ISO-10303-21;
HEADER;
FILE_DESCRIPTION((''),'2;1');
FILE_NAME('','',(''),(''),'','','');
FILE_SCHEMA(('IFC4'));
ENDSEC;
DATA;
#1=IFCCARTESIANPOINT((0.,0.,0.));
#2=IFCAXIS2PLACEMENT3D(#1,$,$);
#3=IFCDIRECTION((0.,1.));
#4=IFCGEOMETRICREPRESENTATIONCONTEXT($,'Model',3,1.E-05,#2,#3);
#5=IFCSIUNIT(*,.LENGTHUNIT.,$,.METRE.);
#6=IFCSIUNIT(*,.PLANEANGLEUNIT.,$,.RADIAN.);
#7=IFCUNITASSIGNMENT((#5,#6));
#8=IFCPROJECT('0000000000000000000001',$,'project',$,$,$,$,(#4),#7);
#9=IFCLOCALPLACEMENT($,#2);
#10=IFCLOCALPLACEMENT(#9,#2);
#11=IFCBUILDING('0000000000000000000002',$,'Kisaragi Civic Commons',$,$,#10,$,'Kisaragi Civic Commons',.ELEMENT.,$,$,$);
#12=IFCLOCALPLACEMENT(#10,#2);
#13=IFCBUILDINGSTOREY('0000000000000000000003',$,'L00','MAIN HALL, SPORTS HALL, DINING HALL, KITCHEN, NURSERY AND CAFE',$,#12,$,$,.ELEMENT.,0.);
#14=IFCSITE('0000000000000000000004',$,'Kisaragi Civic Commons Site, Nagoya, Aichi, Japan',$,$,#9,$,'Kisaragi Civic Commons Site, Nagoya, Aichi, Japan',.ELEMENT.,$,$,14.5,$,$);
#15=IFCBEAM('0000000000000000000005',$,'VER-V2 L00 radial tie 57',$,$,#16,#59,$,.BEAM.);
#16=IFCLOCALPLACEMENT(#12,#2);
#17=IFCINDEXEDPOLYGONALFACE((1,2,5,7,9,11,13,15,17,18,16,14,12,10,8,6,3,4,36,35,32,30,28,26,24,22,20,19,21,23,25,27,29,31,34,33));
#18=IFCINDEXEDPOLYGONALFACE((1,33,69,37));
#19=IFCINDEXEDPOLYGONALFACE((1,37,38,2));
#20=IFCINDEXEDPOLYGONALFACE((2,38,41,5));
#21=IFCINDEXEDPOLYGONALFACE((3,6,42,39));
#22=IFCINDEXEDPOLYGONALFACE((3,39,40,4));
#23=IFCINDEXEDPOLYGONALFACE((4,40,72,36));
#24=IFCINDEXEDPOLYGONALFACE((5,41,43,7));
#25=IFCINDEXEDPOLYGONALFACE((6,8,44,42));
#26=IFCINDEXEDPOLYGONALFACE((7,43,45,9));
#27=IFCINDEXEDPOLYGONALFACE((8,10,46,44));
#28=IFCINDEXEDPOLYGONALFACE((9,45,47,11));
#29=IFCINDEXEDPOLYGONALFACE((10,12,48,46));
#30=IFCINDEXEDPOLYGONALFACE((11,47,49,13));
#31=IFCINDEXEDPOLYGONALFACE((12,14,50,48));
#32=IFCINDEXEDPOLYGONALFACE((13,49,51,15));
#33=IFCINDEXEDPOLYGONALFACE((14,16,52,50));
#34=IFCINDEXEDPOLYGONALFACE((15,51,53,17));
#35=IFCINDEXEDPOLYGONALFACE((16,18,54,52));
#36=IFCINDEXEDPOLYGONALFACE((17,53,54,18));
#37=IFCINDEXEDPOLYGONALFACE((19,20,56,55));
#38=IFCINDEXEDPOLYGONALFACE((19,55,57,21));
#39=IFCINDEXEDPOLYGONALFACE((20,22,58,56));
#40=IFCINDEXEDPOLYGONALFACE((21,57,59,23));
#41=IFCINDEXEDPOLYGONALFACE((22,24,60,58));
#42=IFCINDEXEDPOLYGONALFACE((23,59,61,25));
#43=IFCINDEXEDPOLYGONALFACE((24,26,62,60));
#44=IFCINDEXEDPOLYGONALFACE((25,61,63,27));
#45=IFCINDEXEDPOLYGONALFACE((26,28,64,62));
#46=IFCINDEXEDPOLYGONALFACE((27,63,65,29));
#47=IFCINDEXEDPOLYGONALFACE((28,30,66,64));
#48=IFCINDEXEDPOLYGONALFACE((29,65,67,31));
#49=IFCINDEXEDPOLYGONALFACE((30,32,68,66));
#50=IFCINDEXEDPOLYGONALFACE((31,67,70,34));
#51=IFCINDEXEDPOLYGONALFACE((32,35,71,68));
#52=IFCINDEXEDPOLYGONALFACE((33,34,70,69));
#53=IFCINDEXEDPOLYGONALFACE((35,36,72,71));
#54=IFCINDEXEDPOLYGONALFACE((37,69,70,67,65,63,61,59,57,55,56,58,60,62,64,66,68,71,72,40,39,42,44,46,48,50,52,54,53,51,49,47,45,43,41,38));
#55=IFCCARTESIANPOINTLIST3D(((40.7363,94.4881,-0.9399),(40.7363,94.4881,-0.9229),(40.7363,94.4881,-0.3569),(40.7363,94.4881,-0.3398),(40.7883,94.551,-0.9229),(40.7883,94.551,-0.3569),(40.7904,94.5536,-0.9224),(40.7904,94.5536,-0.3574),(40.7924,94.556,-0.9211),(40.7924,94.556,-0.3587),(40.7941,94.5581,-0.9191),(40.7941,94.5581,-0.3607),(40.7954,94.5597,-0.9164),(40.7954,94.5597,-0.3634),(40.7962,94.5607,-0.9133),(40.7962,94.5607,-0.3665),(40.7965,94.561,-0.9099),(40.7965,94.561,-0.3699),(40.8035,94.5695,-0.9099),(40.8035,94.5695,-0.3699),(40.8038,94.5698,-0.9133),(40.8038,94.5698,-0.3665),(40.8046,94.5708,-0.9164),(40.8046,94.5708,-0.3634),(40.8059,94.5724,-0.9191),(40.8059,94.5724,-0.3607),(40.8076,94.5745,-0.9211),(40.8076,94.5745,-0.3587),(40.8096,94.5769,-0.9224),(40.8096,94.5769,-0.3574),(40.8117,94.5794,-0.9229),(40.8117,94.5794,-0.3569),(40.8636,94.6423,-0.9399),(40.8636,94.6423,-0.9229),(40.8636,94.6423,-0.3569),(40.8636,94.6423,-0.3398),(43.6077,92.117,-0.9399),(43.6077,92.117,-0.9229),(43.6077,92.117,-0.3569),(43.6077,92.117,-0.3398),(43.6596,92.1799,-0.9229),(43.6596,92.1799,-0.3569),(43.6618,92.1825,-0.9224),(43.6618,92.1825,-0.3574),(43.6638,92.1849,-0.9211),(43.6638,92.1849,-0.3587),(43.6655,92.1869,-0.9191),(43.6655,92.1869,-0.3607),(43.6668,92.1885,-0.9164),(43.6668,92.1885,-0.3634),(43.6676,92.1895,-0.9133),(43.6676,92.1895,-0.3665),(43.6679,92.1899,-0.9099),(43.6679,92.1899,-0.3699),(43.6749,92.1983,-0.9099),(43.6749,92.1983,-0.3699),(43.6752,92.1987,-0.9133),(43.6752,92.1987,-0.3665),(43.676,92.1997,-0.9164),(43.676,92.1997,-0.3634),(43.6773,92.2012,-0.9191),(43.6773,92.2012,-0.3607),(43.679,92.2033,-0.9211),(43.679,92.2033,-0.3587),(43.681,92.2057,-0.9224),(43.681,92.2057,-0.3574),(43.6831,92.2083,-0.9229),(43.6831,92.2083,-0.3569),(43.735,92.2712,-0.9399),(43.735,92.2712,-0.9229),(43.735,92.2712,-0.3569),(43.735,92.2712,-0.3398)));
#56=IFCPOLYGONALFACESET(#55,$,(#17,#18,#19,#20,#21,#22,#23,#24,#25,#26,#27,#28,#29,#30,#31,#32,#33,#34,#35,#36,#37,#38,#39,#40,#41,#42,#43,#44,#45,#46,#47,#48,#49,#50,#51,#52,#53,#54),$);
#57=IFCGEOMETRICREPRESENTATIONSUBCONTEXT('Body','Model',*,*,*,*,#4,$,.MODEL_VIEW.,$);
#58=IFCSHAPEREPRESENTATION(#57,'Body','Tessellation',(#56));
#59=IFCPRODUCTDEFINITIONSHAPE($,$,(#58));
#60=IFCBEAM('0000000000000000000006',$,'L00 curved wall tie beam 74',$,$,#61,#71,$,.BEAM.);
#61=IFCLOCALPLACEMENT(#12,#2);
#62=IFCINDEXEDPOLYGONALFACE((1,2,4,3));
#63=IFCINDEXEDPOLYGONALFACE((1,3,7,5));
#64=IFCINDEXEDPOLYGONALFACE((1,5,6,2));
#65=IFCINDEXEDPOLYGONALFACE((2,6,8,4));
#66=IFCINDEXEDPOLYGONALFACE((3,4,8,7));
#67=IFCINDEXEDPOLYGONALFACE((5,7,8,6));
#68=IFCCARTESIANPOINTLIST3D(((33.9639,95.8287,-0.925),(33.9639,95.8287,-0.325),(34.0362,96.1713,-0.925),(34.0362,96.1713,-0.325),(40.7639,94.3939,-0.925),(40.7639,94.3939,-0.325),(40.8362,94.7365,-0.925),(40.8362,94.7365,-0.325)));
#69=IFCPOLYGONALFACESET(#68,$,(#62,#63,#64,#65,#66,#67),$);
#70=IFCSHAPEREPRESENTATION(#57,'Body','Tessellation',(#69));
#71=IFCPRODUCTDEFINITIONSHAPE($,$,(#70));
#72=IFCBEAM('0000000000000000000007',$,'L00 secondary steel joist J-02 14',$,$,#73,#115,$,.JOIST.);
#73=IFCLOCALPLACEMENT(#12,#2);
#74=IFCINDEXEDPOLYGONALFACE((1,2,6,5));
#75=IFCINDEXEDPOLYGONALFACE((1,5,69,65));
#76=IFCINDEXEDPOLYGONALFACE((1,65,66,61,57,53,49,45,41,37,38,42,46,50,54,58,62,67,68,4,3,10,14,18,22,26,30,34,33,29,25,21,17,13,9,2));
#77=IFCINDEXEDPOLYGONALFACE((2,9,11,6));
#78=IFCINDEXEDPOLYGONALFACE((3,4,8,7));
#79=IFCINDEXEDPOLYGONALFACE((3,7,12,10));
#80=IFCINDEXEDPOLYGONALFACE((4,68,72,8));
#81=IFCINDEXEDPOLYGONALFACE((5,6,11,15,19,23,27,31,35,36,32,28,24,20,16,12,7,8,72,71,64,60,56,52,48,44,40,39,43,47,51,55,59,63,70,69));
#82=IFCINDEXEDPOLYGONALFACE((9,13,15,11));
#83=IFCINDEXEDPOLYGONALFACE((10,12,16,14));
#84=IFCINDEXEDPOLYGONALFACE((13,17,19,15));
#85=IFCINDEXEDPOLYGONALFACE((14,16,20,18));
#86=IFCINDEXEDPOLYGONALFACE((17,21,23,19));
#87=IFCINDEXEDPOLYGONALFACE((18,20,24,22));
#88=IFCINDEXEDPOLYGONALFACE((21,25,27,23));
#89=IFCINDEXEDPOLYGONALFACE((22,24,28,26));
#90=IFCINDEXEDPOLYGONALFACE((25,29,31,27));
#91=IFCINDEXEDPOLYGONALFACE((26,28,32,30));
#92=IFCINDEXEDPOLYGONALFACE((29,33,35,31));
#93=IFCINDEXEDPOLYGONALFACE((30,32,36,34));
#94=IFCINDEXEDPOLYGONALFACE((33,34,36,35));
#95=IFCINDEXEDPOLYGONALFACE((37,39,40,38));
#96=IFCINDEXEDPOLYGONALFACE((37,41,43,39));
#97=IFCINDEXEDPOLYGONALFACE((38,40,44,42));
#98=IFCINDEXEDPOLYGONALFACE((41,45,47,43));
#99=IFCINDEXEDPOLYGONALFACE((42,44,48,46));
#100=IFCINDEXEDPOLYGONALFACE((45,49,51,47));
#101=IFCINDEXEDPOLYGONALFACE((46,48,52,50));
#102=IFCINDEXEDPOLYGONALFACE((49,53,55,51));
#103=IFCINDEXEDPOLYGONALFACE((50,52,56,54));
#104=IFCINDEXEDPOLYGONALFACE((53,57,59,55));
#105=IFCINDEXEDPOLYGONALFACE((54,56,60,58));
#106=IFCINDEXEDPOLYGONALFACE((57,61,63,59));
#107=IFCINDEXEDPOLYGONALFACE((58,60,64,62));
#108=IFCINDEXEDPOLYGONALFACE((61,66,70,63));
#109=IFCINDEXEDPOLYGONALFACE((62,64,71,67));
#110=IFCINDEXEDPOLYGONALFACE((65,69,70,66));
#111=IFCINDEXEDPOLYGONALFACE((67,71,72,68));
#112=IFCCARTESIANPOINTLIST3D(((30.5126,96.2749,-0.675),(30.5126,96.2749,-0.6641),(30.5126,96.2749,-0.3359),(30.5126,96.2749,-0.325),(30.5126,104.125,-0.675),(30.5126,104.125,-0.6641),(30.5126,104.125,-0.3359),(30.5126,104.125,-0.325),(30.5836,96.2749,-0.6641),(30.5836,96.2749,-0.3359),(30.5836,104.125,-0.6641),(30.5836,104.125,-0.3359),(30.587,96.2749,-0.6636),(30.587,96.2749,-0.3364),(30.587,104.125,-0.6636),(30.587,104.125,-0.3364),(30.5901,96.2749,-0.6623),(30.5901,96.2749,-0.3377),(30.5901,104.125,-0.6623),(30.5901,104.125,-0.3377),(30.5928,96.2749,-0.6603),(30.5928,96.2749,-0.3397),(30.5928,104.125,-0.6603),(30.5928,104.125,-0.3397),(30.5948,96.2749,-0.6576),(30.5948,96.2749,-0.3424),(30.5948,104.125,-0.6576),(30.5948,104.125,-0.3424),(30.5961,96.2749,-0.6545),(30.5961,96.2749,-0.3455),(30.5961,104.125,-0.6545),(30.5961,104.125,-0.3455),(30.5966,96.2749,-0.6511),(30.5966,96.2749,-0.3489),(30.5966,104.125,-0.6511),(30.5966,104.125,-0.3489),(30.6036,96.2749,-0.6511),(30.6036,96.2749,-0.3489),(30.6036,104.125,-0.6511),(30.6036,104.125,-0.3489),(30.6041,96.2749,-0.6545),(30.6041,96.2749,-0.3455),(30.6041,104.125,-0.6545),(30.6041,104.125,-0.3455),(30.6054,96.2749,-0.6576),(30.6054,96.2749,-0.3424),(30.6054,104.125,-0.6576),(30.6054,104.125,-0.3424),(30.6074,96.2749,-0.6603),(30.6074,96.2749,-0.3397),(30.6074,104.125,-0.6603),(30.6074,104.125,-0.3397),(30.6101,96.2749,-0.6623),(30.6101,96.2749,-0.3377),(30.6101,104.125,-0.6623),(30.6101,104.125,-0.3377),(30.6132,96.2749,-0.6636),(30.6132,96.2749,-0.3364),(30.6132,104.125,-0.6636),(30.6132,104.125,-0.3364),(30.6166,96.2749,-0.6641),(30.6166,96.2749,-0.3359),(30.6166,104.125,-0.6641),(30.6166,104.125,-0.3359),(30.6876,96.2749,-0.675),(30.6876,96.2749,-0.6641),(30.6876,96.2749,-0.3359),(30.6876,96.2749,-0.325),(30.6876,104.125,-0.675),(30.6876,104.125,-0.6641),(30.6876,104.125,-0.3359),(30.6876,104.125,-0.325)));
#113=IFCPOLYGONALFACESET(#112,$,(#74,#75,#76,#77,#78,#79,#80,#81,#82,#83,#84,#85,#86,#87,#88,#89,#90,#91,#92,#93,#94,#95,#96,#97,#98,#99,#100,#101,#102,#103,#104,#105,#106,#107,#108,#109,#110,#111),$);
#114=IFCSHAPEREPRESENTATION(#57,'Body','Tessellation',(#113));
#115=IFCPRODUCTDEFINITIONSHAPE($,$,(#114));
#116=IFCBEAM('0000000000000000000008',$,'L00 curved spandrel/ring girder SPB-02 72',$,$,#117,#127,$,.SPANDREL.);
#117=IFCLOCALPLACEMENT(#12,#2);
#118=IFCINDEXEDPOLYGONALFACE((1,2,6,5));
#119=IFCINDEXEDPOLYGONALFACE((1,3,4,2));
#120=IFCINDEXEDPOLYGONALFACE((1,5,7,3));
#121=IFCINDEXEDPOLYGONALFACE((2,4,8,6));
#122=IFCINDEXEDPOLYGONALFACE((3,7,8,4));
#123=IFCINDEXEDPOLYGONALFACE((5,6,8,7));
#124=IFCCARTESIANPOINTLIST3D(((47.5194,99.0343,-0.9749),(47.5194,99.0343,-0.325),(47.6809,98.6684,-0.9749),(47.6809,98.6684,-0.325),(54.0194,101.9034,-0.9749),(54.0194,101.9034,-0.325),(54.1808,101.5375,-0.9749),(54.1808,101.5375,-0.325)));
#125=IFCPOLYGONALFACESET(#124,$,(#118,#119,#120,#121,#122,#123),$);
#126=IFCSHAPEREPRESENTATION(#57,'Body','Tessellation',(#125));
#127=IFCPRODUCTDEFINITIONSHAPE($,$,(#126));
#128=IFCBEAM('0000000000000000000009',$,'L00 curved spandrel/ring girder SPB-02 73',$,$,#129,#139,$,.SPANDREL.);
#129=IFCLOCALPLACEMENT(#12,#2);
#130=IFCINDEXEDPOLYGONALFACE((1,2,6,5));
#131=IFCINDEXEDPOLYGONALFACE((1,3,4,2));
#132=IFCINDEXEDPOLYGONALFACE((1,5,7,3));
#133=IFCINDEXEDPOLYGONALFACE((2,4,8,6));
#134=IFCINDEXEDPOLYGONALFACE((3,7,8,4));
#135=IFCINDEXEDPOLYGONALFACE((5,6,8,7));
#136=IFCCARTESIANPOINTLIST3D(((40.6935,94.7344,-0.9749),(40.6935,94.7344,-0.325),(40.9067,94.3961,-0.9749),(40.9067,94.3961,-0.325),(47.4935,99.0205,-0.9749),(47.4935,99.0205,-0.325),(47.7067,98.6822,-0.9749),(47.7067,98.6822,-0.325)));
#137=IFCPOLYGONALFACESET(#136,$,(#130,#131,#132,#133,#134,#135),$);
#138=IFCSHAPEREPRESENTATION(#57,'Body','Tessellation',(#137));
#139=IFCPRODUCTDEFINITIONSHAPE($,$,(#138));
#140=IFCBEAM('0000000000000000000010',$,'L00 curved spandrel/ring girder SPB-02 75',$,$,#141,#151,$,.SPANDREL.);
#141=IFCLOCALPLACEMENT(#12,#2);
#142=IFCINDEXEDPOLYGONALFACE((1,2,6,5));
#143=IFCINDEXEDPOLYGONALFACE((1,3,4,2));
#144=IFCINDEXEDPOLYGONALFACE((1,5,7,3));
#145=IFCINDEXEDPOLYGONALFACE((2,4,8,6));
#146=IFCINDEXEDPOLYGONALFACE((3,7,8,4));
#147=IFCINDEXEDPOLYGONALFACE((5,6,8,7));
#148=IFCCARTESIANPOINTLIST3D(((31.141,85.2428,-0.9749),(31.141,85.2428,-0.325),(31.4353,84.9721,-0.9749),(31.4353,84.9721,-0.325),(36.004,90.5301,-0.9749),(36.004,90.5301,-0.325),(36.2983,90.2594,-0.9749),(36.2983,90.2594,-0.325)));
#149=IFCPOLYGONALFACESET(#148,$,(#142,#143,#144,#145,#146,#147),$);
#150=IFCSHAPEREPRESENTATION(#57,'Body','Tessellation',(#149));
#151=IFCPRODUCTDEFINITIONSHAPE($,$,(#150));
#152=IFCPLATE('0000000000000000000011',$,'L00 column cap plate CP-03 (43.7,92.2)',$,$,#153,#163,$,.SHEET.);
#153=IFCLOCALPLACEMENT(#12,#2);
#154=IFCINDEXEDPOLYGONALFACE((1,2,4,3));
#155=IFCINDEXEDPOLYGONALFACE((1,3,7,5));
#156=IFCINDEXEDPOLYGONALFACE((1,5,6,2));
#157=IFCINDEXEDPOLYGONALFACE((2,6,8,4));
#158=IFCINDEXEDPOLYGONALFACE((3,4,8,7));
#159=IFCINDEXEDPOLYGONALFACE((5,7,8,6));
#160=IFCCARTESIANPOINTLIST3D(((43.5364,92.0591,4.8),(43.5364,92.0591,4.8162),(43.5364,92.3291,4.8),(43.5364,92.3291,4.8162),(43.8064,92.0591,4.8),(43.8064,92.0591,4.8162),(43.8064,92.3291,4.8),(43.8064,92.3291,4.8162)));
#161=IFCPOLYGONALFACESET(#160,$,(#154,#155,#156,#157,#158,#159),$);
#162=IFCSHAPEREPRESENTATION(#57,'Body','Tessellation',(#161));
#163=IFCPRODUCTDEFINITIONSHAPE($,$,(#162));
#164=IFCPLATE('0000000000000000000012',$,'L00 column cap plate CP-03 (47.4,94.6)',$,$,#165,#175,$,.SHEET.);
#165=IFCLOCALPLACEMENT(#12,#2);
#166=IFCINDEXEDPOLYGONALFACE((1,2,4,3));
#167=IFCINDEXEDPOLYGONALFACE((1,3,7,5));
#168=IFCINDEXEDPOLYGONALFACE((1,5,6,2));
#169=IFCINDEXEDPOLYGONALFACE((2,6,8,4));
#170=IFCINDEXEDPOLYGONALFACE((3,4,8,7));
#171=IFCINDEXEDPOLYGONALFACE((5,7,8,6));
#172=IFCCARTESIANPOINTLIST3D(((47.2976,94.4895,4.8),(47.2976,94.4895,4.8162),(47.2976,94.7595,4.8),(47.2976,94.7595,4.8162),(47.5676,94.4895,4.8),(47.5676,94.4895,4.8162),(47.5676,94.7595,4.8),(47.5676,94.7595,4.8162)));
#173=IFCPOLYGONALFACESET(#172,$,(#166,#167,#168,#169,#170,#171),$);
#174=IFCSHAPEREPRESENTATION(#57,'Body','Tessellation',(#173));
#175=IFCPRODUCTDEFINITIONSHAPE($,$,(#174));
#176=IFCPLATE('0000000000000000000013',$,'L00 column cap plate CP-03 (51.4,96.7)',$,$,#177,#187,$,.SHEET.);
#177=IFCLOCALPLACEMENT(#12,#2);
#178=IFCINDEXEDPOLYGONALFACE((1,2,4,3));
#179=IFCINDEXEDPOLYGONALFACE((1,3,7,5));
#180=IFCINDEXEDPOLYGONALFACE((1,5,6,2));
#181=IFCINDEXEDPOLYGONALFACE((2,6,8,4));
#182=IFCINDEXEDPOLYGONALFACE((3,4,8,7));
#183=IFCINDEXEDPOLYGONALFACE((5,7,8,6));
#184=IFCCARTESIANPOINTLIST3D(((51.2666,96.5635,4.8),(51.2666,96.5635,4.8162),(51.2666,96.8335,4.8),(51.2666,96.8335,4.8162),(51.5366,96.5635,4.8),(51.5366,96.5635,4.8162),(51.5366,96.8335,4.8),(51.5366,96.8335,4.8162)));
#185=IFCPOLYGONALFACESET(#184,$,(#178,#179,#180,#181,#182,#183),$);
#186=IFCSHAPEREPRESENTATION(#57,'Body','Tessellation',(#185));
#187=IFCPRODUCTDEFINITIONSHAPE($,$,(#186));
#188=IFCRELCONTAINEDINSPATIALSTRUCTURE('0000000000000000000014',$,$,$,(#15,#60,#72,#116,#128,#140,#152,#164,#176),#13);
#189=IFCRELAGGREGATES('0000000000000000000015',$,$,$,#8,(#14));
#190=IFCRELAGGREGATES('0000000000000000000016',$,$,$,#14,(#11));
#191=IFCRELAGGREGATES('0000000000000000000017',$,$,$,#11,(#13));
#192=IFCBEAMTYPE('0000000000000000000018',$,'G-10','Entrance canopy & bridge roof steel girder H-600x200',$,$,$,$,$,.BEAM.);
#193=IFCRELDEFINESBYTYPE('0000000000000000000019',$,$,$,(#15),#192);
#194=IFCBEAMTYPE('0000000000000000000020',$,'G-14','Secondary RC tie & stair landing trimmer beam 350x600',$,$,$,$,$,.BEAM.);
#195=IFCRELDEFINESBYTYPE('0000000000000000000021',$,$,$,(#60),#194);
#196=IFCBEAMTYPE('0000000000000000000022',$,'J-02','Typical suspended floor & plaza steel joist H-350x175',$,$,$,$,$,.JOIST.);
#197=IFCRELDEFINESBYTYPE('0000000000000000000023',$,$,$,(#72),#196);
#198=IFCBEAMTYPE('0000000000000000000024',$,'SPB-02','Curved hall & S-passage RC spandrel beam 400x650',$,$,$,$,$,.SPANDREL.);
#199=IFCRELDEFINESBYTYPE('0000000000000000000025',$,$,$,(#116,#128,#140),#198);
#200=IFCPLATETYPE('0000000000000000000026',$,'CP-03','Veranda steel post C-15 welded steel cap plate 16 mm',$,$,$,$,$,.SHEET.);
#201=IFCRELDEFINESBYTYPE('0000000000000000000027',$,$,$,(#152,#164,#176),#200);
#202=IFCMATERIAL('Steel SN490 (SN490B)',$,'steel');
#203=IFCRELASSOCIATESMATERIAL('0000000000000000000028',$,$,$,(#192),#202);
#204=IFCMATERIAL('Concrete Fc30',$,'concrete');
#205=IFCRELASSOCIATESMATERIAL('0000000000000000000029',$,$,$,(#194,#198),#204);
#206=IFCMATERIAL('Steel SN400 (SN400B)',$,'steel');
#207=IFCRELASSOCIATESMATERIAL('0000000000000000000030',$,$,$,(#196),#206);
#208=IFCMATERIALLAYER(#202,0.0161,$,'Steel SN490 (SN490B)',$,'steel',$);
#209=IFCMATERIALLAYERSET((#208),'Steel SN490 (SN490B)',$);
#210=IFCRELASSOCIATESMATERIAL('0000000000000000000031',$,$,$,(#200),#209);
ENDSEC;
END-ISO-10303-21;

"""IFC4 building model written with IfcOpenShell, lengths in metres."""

from ifc_helpers import new_model, si_unit, direction, frame, origin, origin_2d, place, context, subcontext, project, spatial, rectangle, i_section, extrude, material, layer, layer_set, material_profile, profile_set, type_object, element, save


model = new_model("IFC4")

# Units and contexts
model_context = context("Model", 3, precision=1e-05, world=origin(), true_north=direction((0.0, 1.0)))
body_context = subcontext(model_context, "Body", "Model", "MODEL_VIEW")
ifc_project = project(units=[si_unit("LENGTHUNIT", "METRE"), si_unit("PLANEANGLEUNIT", "RADIAN")], contexts=[model_context])

# Site, building, storey
site_placement = place(None, origin())
site = spatial("IfcSite", under=ifc_project, at=site_placement, Name="Kisaragi Civic Commons Site, Nagoya, Aichi, Japan", LongName="Kisaragi Civic Commons Site, Nagoya, Aichi, Japan", CompositionType="ELEMENT", RefElevation=14.5)
building_placement = place(site_placement, origin())
building = spatial("IfcBuilding", under=site, at=building_placement, Name="Kisaragi Civic Commons", LongName="Kisaragi Civic Commons", CompositionType="ELEMENT")
storey_placement = place(building_placement, origin())
storey = spatial("IfcBuildingStorey", under=building, at=storey_placement, Name="L00", Description="MAIN HALL, SPORTS HALL, DINING HALL, KITCHEN, NURSERY AND CAFE", CompositionType="ELEMENT", Elevation=0.0)

# Shared definitions
ifc_material_1 = material(Name="Concrete Fc30", Category="concrete")
ifc_material_2 = material(Name="Steel SN490 (SN490B)", Category="steel")

# Beams
ifc_material_profile_1 = material_profile(ifc_material_2, i_section(OverallWidth=0.2, OverallDepth=0.6001, WebThickness=0.011, FlangeThickness=0.0171, FilletRadius=0.0129, at=origin_2d()), Name="H-600x200x11x17", Category="steel")
ifc_profile_set_1 = profile_set([ifc_material_profile_1], Name="Steel SN490 (SN490B)")
beam_type_1 = type_object("IfcBeamType", Name="G-10", Description="Entrance canopy & bridge roof steel girder H-600x200", PredefinedType="BEAM", material=ifc_profile_set_1)
beam_1_placement = place(storey_placement, frame((43.6714, 92.1941, -0.6399), z_axis=(-0.771078, 0.636741, 0.0), x_axis=(-0.636741, -0.771078, 0.0)))
element("IfcBeam", 1, at=beam_1_placement, inside=storey, type_object=beam_type_1, Name="VER-V2 L00 radial tie 57", PredefinedType="BEAM", context=body_context, shape_type="SweptSolid", body=[
    extrude(i_section(OverallWidth=0.2, OverallDepth=0.6001, WebThickness=0.011, FlangeThickness=0.0171, FilletRadius=0.0129, at=origin_2d()), origin(), (0.0, 0.0, 1.0), 3.7239),
])
ifc_material_profile_2 = material_profile(ifc_material_1, rectangle(XDim=0.3501, YDim=0.6001, at=origin_2d()), Name="RC-350x600", Category="concrete")
ifc_profile_set_2 = profile_set([ifc_material_profile_2], Name="Concrete Fc30")
beam_type_2 = type_object("IfcBeamType", Name="G-14", Description="Secondary RC tie & stair landing trimmer beam 350x600", PredefinedType="BEAM", material=ifc_profile_set_2)
beam_2_placement = place(storey_placement, frame((40.8, 94.5652, -0.625), z_axis=(-0.978456, 0.206455, 0.0), x_axis=(-0.206455, -0.978456, 0.0)))
element("IfcBeam", 2, at=beam_2_placement, inside=storey, type_object=beam_type_2, Name="L00 curved wall tie beam 74", PredefinedType="BEAM", context=body_context, shape_type="SweptSolid", body=[
    extrude(rectangle(XDim=0.3501, YDim=0.6001, at=origin_2d()), origin(), (0.0, 0.0, 1.0), 6.9497),
])
ifc_material_3 = material(Name="Steel SN400 (SN400B)", Category="steel")
ifc_material_profile_3 = material_profile(ifc_material_3, i_section(OverallWidth=0.175, OverallDepth=0.3501, WebThickness=0.0071, FlangeThickness=0.011, FilletRadius=0.0129, at=origin_2d()), Name="H-350x175x7x11", Category="steel")
ifc_profile_set_3 = profile_set([ifc_material_profile_3], Name="Steel SN400 (SN400B)")
beam_type_3 = type_object("IfcBeamType", Name="J-02", Description="Typical suspended floor & plaza steel joist H-350x175", PredefinedType="JOIST", material=ifc_profile_set_3)
beam_3_placement = place(storey_placement, frame((30.6001, 96.2749, -0.5), z_axis=(0.0, 1.0, 0.0), x_axis=(-1.0, 0.0, 0.0)))
element("IfcBeam", 3, at=beam_3_placement, inside=storey, type_object=beam_type_3, Name="L00 secondary steel joist J-02 14", PredefinedType="JOIST", context=body_context, shape_type="SweptSolid", body=[
    extrude(i_section(OverallWidth=0.175, OverallDepth=0.3501, WebThickness=0.0071, FlangeThickness=0.011, FilletRadius=0.0129, at=origin_2d()), origin(), (0.0, 0.0, 1.0), 7.8501),
])
ifc_material_profile_4 = material_profile(ifc_material_1, rectangle(XDim=0.3999, YDim=0.6499, at=origin_2d()), Name="RC-400x650", Category="concrete")
ifc_profile_set_4 = profile_set([ifc_material_profile_4], Name="Concrete Fc30")
beam_type_4 = type_object("IfcBeamType", Name="SPB-02", Description="Curved hall & S-passage RC spandrel beam 400x650", PredefinedType="SPANDREL", material=ifc_profile_set_4)
beam_4_placement = place(storey_placement, frame((54.1001, 101.7205, -0.6499), z_axis=(-0.91484, -0.403816, 0.0), x_axis=(0.403816, -0.91484, 0.0)))
element("IfcBeam", 4, at=beam_4_placement, inside=storey, type_object=beam_type_4, Name="L00 curved spandrel/ring girder SPB-02 72", PredefinedType="SPANDREL", context=body_context, shape_type="SweptSolid", body=[
    extrude(rectangle(XDim=0.3999, YDim=0.6499, at=origin_2d()), origin(), (0.0, 0.0, 1.0), 7.105),
])
beam_5_placement = place(storey_placement, frame((47.6001, 98.8513, -0.6499), z_axis=(-0.845974, -0.533225, 0.0), x_axis=(0.533225, -0.845974, 0.0)))
element("IfcBeam", 5, at=beam_5_placement, inside=storey, type_object=beam_type_4, Name="L00 curved spandrel/ring girder SPB-02 73", PredefinedType="SPANDREL", context=body_context, shape_type="SweptSolid", body=[
    extrude(rectangle(XDim=0.3999, YDim=0.6499, at=origin_2d()), origin(), (0.0, 0.0, 1.0), 8.0381),
])
beam_6_placement = place(storey_placement, frame((36.1511, 90.3948, -0.6499), z_axis=(-0.676956, -0.736023, 0.0), x_axis=(0.736023, -0.676956, 0.0)))
element("IfcBeam", 6, at=beam_6_placement, inside=storey, type_object=beam_type_4, Name="L00 curved spandrel/ring girder SPB-02 75", PredefinedType="SPANDREL", context=body_context, shape_type="SweptSolid", body=[
    extrude(rectangle(XDim=0.3999, YDim=0.6499, at=origin_2d()), origin(), (0.0, 0.0, 1.0), 7.1836),
])

# Plates
ifc_layer_1 = layer(ifc_material_2, 0.0161, Name="Steel SN490 (SN490B)", Category="steel")
ifc_layer_set_1 = layer_set([ifc_layer_1], Name="Steel SN490 (SN490B)")
plate_type = type_object("IfcPlateType", Name="CP-03", Description="Veranda steel post C-15 welded steel cap plate 16 mm", PredefinedType="SHEET", material=ifc_layer_set_1)
for number, where, z_axis, x_axis, name in (
    (7, (43.6714, 92.1941, 4.8), (0.0, 0.0, 1.0), (1.0, 0.0, 0.0), "L00 column cap plate CP-03 (43.7,92.2)"),
    (8, (47.4326, 94.6245, 4.8), (0.0, 0.0, 1.0), (1.0, 0.0, 0.0), "L00 column cap plate CP-03 (47.4,94.6)"),
    (9, (51.4016, 96.6985, 4.8), (0.0, 0.0, 1.0), (1.0, 0.0, 0.0), "L00 column cap plate CP-03 (51.4,96.7)"),
):
    element("IfcPlate", number, at=place(storey_placement, frame(where, z_axis=z_axis, x_axis=x_axis)), inside=storey, type_object=plate_type, Name=name, PredefinedType="SHEET", context=body_context, shape_type="SweptSolid", body=[
        extrude(rectangle(XDim=0.27, YDim=0.27, at=origin_2d()), origin(), (0.0, 0.0, 1.0), 0.0161),
    ])

save(model, "model.ifc")
